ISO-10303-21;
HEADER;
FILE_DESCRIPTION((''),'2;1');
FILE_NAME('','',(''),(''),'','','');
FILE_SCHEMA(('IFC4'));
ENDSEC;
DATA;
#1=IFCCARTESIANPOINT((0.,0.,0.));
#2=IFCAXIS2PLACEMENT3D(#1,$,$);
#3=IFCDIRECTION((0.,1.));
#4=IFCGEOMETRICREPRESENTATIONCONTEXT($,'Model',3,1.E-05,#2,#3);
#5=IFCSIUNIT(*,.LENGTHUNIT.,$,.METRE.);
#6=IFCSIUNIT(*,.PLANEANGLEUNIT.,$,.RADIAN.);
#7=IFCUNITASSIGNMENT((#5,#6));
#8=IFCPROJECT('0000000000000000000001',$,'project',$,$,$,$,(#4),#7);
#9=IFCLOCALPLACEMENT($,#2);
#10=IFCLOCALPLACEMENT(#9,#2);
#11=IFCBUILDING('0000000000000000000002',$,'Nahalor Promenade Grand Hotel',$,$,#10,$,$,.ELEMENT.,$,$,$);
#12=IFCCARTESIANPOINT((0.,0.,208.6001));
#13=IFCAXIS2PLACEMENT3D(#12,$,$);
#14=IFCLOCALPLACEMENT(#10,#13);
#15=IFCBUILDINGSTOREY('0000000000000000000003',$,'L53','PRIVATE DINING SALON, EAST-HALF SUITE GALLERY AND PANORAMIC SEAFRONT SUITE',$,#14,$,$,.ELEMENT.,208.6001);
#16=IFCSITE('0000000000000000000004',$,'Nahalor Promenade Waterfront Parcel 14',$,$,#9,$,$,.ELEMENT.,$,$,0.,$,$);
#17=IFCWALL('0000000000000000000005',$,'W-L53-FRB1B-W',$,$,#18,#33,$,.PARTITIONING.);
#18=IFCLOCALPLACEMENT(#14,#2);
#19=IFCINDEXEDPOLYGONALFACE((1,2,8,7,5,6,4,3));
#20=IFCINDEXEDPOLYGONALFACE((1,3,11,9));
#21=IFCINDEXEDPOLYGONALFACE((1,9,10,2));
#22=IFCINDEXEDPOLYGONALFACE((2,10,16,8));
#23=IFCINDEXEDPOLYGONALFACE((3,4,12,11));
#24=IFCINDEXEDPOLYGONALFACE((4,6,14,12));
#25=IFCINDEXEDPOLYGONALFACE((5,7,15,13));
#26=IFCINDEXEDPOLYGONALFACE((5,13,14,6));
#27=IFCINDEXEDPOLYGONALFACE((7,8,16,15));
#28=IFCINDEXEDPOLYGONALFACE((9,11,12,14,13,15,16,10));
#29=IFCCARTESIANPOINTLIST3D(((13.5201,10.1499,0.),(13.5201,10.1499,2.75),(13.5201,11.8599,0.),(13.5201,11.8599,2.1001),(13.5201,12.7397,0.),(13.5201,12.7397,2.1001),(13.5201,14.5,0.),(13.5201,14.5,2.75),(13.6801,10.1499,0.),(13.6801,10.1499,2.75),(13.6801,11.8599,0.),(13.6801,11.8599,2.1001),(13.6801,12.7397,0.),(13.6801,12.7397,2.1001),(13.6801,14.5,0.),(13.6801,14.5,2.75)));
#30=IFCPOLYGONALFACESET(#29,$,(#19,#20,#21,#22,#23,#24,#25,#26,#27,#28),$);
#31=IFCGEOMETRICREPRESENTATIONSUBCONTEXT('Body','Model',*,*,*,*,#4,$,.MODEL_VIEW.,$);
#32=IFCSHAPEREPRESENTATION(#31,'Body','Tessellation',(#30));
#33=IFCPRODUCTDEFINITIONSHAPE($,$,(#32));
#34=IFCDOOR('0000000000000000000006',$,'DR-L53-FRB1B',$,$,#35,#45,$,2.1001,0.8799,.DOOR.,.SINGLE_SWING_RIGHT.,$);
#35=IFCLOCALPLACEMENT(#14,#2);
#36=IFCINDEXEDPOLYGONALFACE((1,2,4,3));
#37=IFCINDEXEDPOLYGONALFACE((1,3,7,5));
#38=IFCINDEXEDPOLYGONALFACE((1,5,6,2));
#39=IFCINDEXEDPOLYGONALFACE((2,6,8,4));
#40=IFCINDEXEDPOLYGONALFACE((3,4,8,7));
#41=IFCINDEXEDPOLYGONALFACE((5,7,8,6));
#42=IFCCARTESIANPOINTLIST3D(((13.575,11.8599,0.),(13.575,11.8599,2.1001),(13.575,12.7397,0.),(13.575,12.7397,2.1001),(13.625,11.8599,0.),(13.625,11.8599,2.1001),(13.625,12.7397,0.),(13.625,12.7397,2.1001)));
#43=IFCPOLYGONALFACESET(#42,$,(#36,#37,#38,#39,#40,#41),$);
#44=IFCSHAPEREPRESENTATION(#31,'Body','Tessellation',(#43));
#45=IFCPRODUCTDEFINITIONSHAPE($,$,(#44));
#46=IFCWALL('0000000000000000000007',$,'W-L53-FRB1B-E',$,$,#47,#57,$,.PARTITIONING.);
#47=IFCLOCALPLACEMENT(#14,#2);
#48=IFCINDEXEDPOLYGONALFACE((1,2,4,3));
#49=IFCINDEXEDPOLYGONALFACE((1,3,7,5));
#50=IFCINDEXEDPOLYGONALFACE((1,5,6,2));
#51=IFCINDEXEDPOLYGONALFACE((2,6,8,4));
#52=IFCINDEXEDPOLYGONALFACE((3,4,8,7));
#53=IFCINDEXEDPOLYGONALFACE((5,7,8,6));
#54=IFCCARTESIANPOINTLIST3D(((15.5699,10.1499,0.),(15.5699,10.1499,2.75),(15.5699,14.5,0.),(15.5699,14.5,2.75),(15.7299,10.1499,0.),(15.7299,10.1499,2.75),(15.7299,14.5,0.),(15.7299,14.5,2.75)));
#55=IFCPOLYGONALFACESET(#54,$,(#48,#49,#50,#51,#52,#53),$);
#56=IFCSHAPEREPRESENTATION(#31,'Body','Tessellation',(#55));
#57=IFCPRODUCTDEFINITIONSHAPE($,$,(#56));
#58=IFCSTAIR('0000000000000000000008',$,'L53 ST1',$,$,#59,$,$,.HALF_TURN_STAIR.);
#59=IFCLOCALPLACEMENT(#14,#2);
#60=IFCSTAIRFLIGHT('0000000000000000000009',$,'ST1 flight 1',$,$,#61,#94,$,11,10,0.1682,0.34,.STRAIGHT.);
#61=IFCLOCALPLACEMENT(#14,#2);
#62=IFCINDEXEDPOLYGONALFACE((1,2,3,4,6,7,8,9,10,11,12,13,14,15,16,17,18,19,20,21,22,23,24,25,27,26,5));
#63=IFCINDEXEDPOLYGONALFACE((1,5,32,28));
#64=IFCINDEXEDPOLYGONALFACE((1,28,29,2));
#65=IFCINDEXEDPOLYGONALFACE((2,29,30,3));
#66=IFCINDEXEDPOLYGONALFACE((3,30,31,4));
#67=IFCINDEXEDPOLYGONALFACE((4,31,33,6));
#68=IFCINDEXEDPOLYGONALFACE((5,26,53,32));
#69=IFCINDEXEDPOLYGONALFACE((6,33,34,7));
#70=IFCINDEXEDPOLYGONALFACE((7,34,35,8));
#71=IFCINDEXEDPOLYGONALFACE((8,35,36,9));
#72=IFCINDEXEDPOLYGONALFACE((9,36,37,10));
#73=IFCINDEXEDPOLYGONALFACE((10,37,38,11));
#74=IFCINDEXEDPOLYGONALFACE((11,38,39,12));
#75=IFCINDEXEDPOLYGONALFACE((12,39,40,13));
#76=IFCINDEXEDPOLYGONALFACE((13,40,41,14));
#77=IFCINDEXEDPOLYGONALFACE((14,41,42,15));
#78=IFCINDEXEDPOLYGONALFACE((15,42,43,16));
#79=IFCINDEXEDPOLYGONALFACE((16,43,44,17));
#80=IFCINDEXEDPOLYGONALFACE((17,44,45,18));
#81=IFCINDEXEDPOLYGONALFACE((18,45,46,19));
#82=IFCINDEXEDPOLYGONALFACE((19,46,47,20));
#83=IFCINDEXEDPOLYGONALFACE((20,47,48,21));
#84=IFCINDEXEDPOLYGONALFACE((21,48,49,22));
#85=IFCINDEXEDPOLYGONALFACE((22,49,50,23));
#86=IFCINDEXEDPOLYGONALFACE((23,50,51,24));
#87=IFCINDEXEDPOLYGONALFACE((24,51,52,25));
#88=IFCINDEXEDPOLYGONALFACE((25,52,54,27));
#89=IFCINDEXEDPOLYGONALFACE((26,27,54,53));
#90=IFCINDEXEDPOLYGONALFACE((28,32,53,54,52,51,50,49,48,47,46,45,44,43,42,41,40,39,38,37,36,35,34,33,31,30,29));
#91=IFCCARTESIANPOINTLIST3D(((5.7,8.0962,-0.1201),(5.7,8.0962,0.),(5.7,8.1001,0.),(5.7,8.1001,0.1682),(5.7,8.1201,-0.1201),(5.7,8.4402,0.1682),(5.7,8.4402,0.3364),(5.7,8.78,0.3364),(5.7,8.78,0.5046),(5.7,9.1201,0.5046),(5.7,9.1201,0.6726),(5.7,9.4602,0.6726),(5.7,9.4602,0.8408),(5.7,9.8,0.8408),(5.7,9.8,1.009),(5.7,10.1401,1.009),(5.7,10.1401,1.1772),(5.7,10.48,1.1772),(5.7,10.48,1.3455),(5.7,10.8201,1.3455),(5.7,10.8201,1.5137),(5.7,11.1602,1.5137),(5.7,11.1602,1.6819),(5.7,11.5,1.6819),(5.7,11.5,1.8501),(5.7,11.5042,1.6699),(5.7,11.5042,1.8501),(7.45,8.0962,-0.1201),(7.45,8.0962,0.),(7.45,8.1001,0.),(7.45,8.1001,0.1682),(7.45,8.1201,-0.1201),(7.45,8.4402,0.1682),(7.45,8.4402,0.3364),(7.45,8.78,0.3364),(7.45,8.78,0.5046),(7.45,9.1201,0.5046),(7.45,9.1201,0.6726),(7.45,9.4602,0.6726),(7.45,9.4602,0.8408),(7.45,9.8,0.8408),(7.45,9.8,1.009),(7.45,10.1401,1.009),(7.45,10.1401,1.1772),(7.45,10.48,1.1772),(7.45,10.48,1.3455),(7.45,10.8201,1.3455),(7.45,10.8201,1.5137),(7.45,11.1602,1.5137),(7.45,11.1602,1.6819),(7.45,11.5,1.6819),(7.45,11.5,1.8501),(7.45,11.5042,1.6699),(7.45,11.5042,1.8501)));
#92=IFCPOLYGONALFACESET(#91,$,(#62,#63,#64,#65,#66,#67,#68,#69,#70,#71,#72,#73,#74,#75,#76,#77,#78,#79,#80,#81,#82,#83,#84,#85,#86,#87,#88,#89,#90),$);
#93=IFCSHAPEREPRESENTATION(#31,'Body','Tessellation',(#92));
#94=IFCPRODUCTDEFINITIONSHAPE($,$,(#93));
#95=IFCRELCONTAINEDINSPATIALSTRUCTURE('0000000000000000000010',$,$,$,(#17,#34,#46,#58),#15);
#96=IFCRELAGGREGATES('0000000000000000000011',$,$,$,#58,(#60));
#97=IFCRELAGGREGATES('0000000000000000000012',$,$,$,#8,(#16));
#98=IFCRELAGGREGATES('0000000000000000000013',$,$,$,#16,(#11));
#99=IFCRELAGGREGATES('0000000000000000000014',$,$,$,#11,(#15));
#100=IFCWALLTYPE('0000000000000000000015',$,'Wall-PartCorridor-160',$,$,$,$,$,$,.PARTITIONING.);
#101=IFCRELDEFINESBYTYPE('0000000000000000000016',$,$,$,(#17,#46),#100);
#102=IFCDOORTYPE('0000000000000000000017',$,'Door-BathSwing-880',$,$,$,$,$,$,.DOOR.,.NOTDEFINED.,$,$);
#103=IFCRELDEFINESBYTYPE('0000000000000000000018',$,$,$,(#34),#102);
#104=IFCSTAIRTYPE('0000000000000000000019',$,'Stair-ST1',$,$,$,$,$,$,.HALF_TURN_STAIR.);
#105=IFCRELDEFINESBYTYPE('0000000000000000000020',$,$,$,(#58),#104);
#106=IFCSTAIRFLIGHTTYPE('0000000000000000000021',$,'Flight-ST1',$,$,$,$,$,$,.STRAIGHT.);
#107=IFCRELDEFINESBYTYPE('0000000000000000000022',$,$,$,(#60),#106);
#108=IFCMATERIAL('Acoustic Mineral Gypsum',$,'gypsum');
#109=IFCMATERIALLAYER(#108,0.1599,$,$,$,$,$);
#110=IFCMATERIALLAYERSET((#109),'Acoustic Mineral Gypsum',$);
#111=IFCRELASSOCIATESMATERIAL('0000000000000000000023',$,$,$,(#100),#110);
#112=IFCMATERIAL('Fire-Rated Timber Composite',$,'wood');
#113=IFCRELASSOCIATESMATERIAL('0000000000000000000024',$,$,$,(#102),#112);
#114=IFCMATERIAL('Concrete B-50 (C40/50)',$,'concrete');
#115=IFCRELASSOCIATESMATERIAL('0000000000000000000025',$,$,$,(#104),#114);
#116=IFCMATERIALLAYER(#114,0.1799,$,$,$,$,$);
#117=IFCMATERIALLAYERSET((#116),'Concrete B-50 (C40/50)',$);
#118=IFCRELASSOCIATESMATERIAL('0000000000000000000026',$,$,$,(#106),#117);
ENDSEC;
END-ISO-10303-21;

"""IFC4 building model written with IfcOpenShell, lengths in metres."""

from ifc_helpers import new_model, si_unit, direction, frame, frame_2d, origin, place, context, subcontext, project, spatial, polyline, rectangle, outline, extrude, source, transform, mapped, material, layer, layer_set, type_object, element, fill, aggregate, save


model = new_model("IFC4")

# Units and contexts
model_context = context("Model", 3, precision=1e-05, world=origin(), true_north=direction((0.0, 1.0)))
body_context = subcontext(model_context, "Body", "Model", "MODEL_VIEW")
ifc_project = project(units=[si_unit("LENGTHUNIT", "METRE"), si_unit("PLANEANGLEUNIT", "RADIAN")], contexts=[model_context])

# Site, building, storey
site_placement = place(None, origin())
site = spatial("IfcSite", under=ifc_project, at=site_placement, Name="Nahalor Promenade Waterfront Parcel 14", CompositionType="ELEMENT", RefElevation=0.0)
building_placement = place(site_placement, origin())
building = spatial("IfcBuilding", under=site, at=building_placement, Name="Nahalor Promenade Grand Hotel", CompositionType="ELEMENT")
storey_placement = place(building_placement, frame((0.0, 0.0, 208.6001)))
storey = spatial("IfcBuildingStorey", under=building, at=storey_placement, Name="L53", Description="PRIVATE DINING SALON, EAST-HALF SUITE GALLERY AND PANORAMIC SEAFRONT SUITE", CompositionType="ELEMENT", Elevation=208.6001)

# Shared definitions
ifc_material_1 = material(Name="Concrete B-50 (C40/50)", Category="concrete")

# Shared definitions
ifc_material_2 = material(Name="Acoustic Mineral Gypsum", Category="gypsum")
ifc_layer_1 = layer(ifc_material_2, 0.1599)
ifc_layer_set_1 = layer_set([ifc_layer_1], Name="Acoustic Mineral Gypsum")
wall_type_1 = type_object("IfcWallType", Name="Wall-PartCorridor-160", PredefinedType="PARTITIONING", material=ifc_layer_set_1)

# Shared definitions
ifc_material_3 = material(Name="Fire-Rated Timber Composite", Category="wood")
door_type_1 = type_object("IfcDoorType", Name="Door-BathSwing-880", OperationType="NOTDEFINED", PredefinedType="DOOR", material=ifc_material_3)
shared_shape_1 = source(origin(), body_context, "Body", "SweptSolid", [
    extrude(rectangle(XDim=0.8799, YDim=2.1001, at=frame_2d((0.4399, 1.05))), frame((0.0, 0.0249, 0.0), z_axis=(0.0, -1.0, 0.0), x_axis=(1.0, 0.0, 0.0)), (0.0, 0.0, 1.0), 0.05),
])

# Wall, opening, door
shared_shape_2 = source(origin(), body_context, "Body", "SweptSolid", [
    extrude(rectangle(XDim=4.3501, YDim=0.1599, at=frame_2d((2.175, 0.0))), origin(), (0.0, 0.0, 1.0), 2.75),
])
wall_1_placement = place(storey_placement, frame((13.6001, 10.1499, 0.0), z_axis=(0.0, 0.0, 1.0), x_axis=(0.0, 1.0, 0.0)))
wall_1 = element("IfcWall", 1, at=wall_1_placement, inside=storey, type_object=wall_type_1, Name="W-L53-FRB1B-W", PredefinedType="PARTITIONING", context=body_context, shape_type="MappedRepresentation", body=[
    mapped(shared_shape_2, transform((0.0, 0.0, 0.0), scale=1.0)),
])
opening_1_placement = place(wall_1_placement, frame((1.71, 0.0, 0.0)))
opening_1 = element("IfcOpeningElement", 2, at=opening_1_placement, cuts=wall_1, PredefinedType="OPENING", context=body_context, shape_type="SweptSolid", body=[
    extrude(rectangle(XDim=0.8799, YDim=2.1001, at=frame_2d((0.4399, 1.05))), frame((0.0, 0.0898, 0.0), z_axis=(0.0, -1.0, 0.0), x_axis=(1.0, 0.0, 0.0)), (0.0, 0.0, 1.0), 0.1799),
])
door_1_placement = place(opening_1_placement, frame((0.8799, 0.0, 0.0), z_axis=(0.0, 0.0, 1.0), x_axis=(-1.0, 0.0, 0.0)))
door_1 = element("IfcDoor", 3, at=door_1_placement, inside=storey, type_object=door_type_1, Name="DR-L53-FRB1B", OperationType="SINGLE_SWING_RIGHT", OverallHeight=2.1001, OverallWidth=0.8799, PredefinedType="DOOR", context=body_context, shape_type="MappedRepresentation", body=[
    mapped(shared_shape_1, transform((0.0, 0.0, 0.0), scale=1.0)),
])
fill(opening_1, door_1)

# Wall
wall_2_placement = place(storey_placement, frame((15.6499, 10.1499, 0.0), z_axis=(0.0, 0.0, 1.0), x_axis=(0.0, 1.0, 0.0)))
element("IfcWall", 4, at=wall_2_placement, inside=storey, type_object=wall_type_1, Name="W-L53-FRB1B-E", PredefinedType="PARTITIONING", context=body_context, shape_type="MappedRepresentation", body=[
    mapped(shared_shape_2, transform((0.0, 0.0, 0.0), scale=1.0)),
])

# Stair, stair flight
stair_type = type_object("IfcStairType", Name="Stair-ST1", PredefinedType="HALF_TURN_STAIR", material=ifc_material_1)
stair_placement = place(storey_placement, origin())
stair = element("IfcStair", 5, at=stair_placement, inside=storey, type_object=stair_type, Name="L53 ST1", PredefinedType="HALF_TURN_STAIR")
ifc_layer_2 = layer(ifc_material_1, 0.1799)
ifc_layer_set_2 = layer_set([ifc_layer_2], Name="Concrete B-50 (C40/50)")
stair_flight_type = type_object("IfcStairFlightType", Name="Flight-ST1", PredefinedType="STRAIGHT", material=ifc_layer_set_2)
shared_shape_3 = source(origin(), body_context, "Body", "SweptSolid", [
    extrude(outline(polyline([(-0.0039, -0.1201), (-0.0039, 0.0), (0.0, 0.0), (0.0, 0.1682), (0.3401, 0.1682), (0.3401, 0.3364), (0.6799, 0.3364), (0.6799, 0.5046), (1.02, 0.5046), (1.02, 0.6726), (1.3601, 0.6726), (1.3601, 0.8408), (1.7, 0.8408), (1.7, 1.009), (2.04, 1.009), (2.04, 1.1772), (2.3799, 1.1772), (2.3799, 1.3455), (2.72, 1.3455), (2.72, 1.5137), (3.0601, 1.5137), (3.0601, 1.6819), (3.3999, 1.6819), (3.3999, 1.8501), (3.4041, 1.8501), (3.4041, 1.6699), (0.02, -0.1201), (-0.0039, -0.1201)])), frame((0.0, 0.875, 0.0), z_axis=(0.0, -1.0, 0.0), x_axis=(1.0, 0.0, 0.0)), (0.0, 0.0, 1.0), 1.75),
])
stair_flight_placement = place(storey_placement, frame((6.575, 8.1001, 0.0), z_axis=(0.0, 0.0, 1.0), x_axis=(0.0, 1.0, 0.0)))
stair_flight = element("IfcStairFlight", 6, at=stair_flight_placement, type_object=stair_flight_type, Name="ST1 flight 1", NumberOfRisers=11, NumberOfTreads=10, PredefinedType="STRAIGHT", RiserHeight=0.1682, TreadLength=0.34, context=body_context, shape_type="MappedRepresentation", body=[
    mapped(shared_shape_3, transform((0.0, 0.0, 0.0), scale=1.0)),
])
aggregate(stair, [stair_flight])

save(model, "model.ifc")
